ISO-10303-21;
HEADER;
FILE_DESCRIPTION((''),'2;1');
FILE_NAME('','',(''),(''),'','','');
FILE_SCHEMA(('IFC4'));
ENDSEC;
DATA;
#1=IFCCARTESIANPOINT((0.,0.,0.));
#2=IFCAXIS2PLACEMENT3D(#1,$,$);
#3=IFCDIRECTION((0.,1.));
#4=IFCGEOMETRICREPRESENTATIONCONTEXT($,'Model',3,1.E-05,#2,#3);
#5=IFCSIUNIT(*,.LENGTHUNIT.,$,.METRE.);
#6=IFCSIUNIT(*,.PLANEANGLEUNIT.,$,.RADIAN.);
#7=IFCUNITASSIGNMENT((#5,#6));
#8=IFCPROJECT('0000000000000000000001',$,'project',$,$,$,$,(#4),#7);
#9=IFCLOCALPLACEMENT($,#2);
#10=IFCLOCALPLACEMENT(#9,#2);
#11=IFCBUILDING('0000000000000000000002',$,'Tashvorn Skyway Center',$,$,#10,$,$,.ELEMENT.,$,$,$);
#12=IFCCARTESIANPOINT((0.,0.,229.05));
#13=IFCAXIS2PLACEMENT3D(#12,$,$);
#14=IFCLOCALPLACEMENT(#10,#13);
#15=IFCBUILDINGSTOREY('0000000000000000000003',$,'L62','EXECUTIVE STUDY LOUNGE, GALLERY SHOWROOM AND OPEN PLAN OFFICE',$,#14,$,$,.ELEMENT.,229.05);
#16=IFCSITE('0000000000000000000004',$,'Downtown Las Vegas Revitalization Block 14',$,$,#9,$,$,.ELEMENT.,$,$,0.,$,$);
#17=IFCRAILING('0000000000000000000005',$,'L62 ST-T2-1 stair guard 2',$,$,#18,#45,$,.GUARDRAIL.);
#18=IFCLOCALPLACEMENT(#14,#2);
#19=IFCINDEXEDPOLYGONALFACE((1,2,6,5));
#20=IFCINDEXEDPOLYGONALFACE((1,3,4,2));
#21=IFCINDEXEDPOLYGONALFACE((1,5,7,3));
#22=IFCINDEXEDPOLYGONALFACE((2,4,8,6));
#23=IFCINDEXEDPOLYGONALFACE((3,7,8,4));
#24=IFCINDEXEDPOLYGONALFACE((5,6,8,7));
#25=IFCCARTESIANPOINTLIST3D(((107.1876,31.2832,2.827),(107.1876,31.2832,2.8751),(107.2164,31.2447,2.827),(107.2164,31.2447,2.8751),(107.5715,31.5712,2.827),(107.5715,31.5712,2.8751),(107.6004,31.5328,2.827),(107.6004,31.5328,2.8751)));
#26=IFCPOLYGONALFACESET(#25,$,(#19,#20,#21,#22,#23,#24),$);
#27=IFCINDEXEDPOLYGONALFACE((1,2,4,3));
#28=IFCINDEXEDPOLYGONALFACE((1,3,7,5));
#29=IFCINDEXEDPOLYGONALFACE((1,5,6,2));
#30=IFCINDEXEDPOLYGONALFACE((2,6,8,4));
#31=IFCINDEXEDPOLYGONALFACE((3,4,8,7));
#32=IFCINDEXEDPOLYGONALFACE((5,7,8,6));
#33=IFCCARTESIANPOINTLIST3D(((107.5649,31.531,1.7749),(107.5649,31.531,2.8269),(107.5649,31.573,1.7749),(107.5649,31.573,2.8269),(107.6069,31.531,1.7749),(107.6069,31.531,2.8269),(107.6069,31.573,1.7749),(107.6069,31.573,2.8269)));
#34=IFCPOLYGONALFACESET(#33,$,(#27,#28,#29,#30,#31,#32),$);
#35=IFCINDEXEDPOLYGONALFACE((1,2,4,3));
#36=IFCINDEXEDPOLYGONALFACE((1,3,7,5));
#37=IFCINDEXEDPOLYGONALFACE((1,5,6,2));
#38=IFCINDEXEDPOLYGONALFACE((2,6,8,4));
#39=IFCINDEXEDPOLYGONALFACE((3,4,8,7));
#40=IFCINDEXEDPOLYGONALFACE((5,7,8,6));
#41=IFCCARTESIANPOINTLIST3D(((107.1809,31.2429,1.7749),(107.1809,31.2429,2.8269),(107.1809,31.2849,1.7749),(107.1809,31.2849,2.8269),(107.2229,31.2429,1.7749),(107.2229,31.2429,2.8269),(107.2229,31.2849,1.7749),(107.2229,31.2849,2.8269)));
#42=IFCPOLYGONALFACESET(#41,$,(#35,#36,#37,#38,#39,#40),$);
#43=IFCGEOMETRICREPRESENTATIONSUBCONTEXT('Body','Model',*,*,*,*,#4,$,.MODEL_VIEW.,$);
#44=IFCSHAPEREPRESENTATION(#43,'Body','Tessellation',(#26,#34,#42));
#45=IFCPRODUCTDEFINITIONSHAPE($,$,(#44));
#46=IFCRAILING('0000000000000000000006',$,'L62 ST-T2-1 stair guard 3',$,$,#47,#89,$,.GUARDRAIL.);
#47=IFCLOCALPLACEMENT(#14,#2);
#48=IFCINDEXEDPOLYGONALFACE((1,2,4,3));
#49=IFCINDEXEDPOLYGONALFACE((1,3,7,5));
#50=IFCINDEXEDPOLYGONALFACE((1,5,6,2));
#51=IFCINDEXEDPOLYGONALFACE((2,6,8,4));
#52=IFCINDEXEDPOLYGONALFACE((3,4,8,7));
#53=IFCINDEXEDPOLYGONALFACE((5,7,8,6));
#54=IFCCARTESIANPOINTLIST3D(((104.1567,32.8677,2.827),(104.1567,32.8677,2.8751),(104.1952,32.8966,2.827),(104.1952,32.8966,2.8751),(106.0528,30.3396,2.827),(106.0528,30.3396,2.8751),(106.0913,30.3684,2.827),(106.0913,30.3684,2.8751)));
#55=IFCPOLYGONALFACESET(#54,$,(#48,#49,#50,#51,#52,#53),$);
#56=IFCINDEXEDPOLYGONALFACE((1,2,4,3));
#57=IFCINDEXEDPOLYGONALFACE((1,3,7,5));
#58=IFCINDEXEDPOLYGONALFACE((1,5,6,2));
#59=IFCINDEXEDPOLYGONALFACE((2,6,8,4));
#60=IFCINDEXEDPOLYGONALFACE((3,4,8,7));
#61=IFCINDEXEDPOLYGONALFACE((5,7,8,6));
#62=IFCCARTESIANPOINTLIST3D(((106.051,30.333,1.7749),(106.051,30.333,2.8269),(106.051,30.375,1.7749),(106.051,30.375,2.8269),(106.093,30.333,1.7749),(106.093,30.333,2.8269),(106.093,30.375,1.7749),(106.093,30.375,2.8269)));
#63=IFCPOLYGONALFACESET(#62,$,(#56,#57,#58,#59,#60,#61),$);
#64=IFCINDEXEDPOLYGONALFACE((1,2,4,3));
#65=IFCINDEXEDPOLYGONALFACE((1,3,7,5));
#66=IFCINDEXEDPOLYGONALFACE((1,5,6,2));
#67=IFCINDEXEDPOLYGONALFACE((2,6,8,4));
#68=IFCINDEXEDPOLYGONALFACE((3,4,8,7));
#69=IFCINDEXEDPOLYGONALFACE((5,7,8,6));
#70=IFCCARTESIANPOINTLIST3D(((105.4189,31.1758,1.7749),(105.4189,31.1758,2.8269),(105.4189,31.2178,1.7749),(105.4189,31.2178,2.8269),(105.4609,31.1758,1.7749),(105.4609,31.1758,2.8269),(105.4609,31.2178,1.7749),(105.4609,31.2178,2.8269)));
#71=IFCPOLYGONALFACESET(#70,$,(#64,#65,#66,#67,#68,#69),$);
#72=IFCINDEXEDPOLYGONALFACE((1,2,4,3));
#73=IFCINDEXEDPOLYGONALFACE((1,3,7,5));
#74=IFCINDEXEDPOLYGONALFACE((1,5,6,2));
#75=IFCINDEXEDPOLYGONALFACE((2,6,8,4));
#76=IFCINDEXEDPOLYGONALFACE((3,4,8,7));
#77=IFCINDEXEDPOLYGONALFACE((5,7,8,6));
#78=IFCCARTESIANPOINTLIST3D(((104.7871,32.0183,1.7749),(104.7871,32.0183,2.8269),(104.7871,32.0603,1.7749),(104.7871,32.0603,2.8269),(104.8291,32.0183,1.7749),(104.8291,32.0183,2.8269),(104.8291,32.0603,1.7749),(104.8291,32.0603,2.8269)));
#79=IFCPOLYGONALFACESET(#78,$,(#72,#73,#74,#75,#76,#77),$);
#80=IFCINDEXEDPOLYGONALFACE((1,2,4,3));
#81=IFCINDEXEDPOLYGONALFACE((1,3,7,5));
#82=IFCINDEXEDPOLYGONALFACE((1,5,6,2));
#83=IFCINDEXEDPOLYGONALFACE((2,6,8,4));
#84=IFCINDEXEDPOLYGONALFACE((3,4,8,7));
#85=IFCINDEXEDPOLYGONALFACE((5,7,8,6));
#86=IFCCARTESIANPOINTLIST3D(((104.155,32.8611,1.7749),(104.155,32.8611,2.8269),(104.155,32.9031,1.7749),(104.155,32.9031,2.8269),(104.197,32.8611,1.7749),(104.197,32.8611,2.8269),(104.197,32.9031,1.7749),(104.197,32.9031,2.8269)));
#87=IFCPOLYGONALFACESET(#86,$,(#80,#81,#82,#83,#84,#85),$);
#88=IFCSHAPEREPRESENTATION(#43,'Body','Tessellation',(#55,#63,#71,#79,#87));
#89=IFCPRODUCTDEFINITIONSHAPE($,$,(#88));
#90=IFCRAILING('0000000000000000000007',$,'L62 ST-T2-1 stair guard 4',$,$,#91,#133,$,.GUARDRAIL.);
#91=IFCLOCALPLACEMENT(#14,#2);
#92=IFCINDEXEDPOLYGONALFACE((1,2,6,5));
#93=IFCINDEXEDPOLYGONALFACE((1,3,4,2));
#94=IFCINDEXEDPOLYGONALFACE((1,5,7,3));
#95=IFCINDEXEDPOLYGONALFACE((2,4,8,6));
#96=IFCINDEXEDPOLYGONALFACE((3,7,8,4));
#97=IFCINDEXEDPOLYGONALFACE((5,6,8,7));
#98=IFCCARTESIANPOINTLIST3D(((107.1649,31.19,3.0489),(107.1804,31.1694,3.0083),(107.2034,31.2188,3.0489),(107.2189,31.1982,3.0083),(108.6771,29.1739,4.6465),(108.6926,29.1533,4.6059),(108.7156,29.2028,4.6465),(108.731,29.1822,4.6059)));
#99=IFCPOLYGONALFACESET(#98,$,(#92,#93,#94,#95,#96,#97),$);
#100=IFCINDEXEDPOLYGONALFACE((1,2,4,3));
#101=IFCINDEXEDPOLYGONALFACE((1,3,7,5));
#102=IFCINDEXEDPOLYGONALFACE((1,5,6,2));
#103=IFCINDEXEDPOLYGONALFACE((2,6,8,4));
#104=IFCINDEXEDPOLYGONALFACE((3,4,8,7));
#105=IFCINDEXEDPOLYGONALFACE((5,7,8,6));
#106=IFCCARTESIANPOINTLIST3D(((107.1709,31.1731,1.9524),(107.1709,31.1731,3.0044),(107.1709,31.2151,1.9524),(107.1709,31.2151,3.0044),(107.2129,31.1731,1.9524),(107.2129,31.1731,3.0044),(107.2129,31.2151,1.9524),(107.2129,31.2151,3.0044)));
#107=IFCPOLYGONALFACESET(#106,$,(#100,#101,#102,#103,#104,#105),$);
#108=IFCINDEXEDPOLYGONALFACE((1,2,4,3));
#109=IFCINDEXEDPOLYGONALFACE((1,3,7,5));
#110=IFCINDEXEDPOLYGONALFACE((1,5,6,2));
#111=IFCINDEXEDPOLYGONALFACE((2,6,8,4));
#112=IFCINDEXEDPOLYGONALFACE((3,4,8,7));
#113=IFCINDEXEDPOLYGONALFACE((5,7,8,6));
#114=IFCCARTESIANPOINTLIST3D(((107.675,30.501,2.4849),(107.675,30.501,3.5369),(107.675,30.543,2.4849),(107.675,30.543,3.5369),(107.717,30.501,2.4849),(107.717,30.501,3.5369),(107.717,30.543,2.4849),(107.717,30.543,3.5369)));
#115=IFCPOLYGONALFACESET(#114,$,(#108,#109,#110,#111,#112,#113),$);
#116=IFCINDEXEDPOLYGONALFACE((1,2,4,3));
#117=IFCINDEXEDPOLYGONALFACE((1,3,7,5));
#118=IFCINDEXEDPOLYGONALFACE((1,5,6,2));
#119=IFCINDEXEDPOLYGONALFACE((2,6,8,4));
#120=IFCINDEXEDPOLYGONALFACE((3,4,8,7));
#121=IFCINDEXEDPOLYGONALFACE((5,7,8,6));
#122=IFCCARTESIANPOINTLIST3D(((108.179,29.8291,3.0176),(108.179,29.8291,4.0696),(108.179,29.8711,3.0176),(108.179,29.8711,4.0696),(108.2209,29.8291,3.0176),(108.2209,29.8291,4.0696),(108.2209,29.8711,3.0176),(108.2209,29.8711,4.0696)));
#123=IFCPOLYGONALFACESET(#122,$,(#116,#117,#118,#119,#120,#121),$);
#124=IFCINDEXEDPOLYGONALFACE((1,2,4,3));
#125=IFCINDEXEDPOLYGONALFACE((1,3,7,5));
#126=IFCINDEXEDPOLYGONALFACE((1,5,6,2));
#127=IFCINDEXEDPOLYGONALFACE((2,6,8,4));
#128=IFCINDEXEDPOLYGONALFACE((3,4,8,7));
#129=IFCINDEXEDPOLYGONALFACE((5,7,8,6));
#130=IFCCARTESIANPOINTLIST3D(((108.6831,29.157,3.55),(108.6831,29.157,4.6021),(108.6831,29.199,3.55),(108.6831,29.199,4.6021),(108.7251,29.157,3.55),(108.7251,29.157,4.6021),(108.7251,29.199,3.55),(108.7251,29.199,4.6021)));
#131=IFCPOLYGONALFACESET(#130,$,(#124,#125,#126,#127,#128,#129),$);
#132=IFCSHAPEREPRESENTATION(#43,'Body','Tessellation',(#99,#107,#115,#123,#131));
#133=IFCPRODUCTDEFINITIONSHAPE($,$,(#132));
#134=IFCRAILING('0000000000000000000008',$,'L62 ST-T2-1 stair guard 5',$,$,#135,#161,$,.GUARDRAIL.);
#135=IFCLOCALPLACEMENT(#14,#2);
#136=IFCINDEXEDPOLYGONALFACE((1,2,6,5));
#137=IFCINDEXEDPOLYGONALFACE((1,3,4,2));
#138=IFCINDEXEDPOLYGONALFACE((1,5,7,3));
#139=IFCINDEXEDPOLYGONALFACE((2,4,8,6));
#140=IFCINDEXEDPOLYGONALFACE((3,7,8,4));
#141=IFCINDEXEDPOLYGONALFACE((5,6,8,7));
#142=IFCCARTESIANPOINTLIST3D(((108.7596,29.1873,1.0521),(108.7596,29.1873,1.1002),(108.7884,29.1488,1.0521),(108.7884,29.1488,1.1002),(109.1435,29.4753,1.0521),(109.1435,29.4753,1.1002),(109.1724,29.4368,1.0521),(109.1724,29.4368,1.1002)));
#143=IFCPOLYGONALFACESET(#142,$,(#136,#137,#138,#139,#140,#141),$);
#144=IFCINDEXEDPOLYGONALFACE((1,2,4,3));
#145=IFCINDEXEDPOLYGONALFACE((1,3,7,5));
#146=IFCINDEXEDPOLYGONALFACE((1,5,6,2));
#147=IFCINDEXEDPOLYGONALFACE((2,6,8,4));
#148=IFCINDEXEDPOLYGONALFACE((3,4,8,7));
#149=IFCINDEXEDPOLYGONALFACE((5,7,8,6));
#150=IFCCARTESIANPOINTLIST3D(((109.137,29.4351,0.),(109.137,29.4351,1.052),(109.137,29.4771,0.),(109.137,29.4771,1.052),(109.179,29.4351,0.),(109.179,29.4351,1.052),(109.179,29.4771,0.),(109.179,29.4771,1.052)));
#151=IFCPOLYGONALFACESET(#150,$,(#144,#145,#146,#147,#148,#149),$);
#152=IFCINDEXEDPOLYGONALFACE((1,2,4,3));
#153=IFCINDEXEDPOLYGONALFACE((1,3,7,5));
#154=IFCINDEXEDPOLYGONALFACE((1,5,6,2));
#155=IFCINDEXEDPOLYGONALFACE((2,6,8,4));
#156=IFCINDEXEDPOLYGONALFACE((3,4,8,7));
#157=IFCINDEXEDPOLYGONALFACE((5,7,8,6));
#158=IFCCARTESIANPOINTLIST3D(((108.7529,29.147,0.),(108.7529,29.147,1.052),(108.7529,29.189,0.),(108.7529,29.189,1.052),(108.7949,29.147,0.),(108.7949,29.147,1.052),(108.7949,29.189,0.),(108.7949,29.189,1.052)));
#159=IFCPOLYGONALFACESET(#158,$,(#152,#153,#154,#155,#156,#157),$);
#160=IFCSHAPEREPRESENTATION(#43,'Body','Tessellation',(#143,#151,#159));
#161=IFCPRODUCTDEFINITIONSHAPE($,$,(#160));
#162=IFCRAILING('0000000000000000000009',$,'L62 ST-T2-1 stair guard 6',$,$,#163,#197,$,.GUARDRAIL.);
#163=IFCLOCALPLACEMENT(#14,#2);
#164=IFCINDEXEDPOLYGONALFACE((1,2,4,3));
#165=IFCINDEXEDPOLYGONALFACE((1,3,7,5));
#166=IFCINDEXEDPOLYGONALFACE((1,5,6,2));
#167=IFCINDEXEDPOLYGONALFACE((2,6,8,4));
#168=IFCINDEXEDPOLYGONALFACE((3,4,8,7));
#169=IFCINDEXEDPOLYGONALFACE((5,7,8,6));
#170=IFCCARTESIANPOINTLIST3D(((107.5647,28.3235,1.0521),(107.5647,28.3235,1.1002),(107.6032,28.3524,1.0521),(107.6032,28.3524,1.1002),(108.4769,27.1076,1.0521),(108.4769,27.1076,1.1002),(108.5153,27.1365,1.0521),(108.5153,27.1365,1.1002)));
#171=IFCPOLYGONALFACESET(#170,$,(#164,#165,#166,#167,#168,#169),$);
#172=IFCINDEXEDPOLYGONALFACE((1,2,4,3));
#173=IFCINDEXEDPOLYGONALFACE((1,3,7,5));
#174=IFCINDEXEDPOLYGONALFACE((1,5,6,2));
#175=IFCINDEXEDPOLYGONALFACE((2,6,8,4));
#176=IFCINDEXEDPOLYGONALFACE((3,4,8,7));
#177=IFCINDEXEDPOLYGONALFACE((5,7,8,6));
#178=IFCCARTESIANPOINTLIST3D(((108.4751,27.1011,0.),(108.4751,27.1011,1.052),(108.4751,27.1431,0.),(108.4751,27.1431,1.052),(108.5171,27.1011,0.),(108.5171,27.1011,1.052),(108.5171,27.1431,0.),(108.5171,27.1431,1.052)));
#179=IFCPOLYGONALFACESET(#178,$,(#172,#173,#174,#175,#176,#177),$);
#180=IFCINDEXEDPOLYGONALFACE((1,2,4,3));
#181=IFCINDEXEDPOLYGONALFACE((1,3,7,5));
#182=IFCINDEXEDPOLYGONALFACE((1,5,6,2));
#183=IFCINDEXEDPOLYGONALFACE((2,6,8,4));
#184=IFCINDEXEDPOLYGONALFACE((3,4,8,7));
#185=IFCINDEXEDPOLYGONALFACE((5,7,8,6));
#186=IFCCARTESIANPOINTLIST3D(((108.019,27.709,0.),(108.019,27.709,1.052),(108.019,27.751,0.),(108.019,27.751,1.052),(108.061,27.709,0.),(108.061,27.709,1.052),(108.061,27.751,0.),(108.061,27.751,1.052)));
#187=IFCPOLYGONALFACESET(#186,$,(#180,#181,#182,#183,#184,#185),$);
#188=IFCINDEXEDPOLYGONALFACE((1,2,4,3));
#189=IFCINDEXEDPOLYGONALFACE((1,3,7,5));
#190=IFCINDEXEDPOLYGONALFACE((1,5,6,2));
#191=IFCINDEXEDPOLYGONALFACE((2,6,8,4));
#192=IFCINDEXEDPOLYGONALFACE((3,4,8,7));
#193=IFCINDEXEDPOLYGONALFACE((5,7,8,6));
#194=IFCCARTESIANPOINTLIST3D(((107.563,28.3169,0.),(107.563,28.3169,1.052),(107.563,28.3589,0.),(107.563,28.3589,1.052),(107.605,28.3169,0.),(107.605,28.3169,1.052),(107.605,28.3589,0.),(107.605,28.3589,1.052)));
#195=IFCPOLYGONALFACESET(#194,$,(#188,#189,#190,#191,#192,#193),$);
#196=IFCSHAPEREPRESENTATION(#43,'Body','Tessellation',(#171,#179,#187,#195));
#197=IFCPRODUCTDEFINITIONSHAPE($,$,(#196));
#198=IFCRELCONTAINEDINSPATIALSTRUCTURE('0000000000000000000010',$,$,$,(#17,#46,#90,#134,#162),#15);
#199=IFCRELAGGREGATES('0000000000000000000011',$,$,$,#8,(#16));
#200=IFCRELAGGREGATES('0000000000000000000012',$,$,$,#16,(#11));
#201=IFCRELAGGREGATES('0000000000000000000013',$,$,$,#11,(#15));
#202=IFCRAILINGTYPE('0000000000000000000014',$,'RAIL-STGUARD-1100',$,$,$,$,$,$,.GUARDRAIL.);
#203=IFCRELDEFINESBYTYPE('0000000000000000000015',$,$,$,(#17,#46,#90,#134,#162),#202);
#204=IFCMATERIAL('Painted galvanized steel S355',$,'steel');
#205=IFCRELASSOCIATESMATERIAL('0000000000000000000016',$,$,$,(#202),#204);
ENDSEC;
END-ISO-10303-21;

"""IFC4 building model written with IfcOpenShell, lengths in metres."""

from ifc_helpers import new_model, si_unit, direction, frame, origin, origin_2d, place, context, subcontext, project, spatial, rectangle, extrude, material, type_object, element, save


model = new_model("IFC4")

# Units and contexts
model_context = context("Model", 3, precision=1e-05, world=origin(), true_north=direction((0.0, 1.0)))
body_context = subcontext(model_context, "Body", "Model", "MODEL_VIEW")
ifc_project = project(units=[si_unit("LENGTHUNIT", "METRE"), si_unit("PLANEANGLEUNIT", "RADIAN")], contexts=[model_context])

# Site, building, storey
site_placement = place(None, origin())
site = spatial("IfcSite", under=ifc_project, at=site_placement, Name="Downtown Las Vegas Revitalization Block 14", CompositionType="ELEMENT", RefElevation=0.0)
building_placement = place(site_placement, origin())
building = spatial("IfcBuilding", under=site, at=building_placement, Name="Tashvorn Skyway Center", CompositionType="ELEMENT")
storey_placement = place(building_placement, frame((0.0, 0.0, 229.05)))
storey = spatial("IfcBuildingStorey", under=building, at=storey_placement, Name="L62", Description="EXECUTIVE STUDY LOUNGE, GALLERY SHOWROOM AND OPEN PLAN OFFICE", CompositionType="ELEMENT", Elevation=229.05)

# Railings
ifc_material_1 = material(Name="Painted galvanized steel S355", Category="steel")
railing_type_1 = type_object("IfcRailingType", Name="RAIL-STGUARD-1100", PredefinedType="GUARDRAIL", material=ifc_material_1)
railing_1_placement = place(storey_placement, frame((107.5859, 31.552, 1.7749)))
element("IfcRailing", 1, at=railing_1_placement, inside=storey, type_object=railing_type_1, Name="L62 ST-T2-1 stair guard 2", PredefinedType="GUARDRAIL", context=body_context, shape_type="SweptSolid", body=[
    extrude(rectangle(XDim=0.0481, YDim=0.0481, at=origin_2d()), frame((0.0, 0.0, 1.0762), z_axis=(-0.799939, -0.600081, 0.0), x_axis=(0.600081, -0.799939, 0.0)), (0.0, 0.0, 1.0), 0.48),
    extrude(rectangle(XDim=0.042, YDim=0.042, at=origin_2d()), origin(), (0.0, 0.0, 1.0), 1.052),
    extrude(rectangle(XDim=0.042, YDim=0.042, at=origin_2d()), frame((-0.384, -0.2881, 0.0)), (0.0, 0.0, 1.0), 1.052),
])
railing_2_placement = place(storey_placement, frame((106.072, 30.354, 1.7749)))
element("IfcRailing", 2, at=railing_2_placement, inside=storey, type_object=railing_type_1, Name="L62 ST-T2-1 stair guard 3", PredefinedType="GUARDRAIL", context=body_context, shape_type="SweptSolid", body=[
    extrude(rectangle(XDim=0.0481, YDim=0.0481, at=origin_2d()), frame((0.0, 0.0, 1.0762), z_axis=(-0.599988, 0.800009, 0.0), x_axis=(-0.800009, -0.599988, 0.0)), (0.0, 0.0, 1.0), 3.1602),
    extrude(rectangle(XDim=0.042, YDim=0.042, at=origin_2d()), origin(), (0.0, 0.0, 1.0), 1.052),
    extrude(rectangle(XDim=0.042, YDim=0.042, at=origin_2d()), frame((-0.6321, 0.8428, 0.0)), (0.0, 0.0, 1.0), 1.052),
    extrude(rectangle(XDim=0.042, YDim=0.042, at=origin_2d()), frame((-1.2639, 1.6853, 0.0)), (0.0, 0.0, 1.0), 1.052),
    extrude(rectangle(XDim=0.042, YDim=0.042, at=origin_2d()), frame((-1.896, 2.5281, 0.0)), (0.0, 0.0, 1.0), 1.052),
])
railing_3_placement = place(storey_placement, frame((107.1919, 31.1941, 1.9524)))
element("IfcRailing", 3, at=railing_3_placement, inside=storey, type_object=railing_type_1, Name="L62 ST-T2-1 stair guard 4", PredefinedType="GUARDRAIL", context=body_context, shape_type="SweptSolid", body=[
    extrude(rectangle(XDim=0.0481, YDim=0.0481, at=origin_2d()), frame((0.0, 0.0, 1.0762), z_axis=(0.506779, -0.675651, 0.535416), x_axis=(0.799977, 0.600031, 0.0)), (0.0, 0.0, 1.0), 2.9839),
    extrude(rectangle(XDim=0.042, YDim=0.042, at=origin_2d()), origin(), (0.0, 0.0, 1.0), 1.052),
    extrude(rectangle(XDim=0.042, YDim=0.042, at=origin_2d()), frame((0.5042, -0.6721, 0.5325)), (0.0, 0.0, 1.0), 1.052),
    extrude(rectangle(XDim=0.042, YDim=0.042, at=origin_2d()), frame((1.0081, -1.344, 1.0652)), (0.0, 0.0, 1.0), 1.052),
    extrude(rectangle(XDim=0.042, YDim=0.042, at=origin_2d()), frame((1.5122, -2.0161, 1.5977)), (0.0, 0.0, 1.0), 1.052),
])
railing_4_placement = place(storey_placement, frame((109.158, 29.4561, 0.0)))
element("IfcRailing", 4, at=railing_4_placement, inside=storey, type_object=railing_type_1, Name="L62 ST-T2-1 stair guard 5", PredefinedType="GUARDRAIL", context=body_context, shape_type="SweptSolid", body=[
    extrude(rectangle(XDim=0.0481, YDim=0.0481, at=origin_2d()), frame((0.0, 0.0, 1.0762), z_axis=(-0.799939, -0.600081, 0.0), x_axis=(0.600081, -0.799939, 0.0)), (0.0, 0.0, 1.0), 0.48),
    extrude(rectangle(XDim=0.042, YDim=0.042, at=origin_2d()), origin(), (0.0, 0.0, 1.0), 1.052),
    extrude(rectangle(XDim=0.042, YDim=0.042, at=origin_2d()), frame((-0.384, -0.2881, 0.0)), (0.0, 0.0, 1.0), 1.052),
])
railing_5_placement = place(storey_placement, frame((108.4961, 27.1221, 0.0)))
element("IfcRailing", 5, at=railing_5_placement, inside=storey, type_object=railing_type_1, Name="L62 ST-T2-1 stair guard 6", PredefinedType="GUARDRAIL", context=body_context, shape_type="SweptSolid", body=[
    extrude(rectangle(XDim=0.0481, YDim=0.0481, at=origin_2d()), frame((0.0, 0.0, 1.0762), z_axis=(-0.600103, 0.799923, 0.0), x_axis=(-0.799923, -0.600103, 0.0)), (0.0, 0.0, 1.0), 1.52),
    extrude(rectangle(XDim=0.042, YDim=0.042, at=origin_2d()), origin(), (0.0, 0.0, 1.0), 1.052),
    extrude(rectangle(XDim=0.042, YDim=0.042, at=origin_2d()), frame((-0.4561, 0.6079, 0.0)), (0.0, 0.0, 1.0), 1.052),
    extrude(rectangle(XDim=0.042, YDim=0.042, at=origin_2d()), frame((-0.9121, 1.2158, 0.0)), (0.0, 0.0, 1.0), 1.052),
])

save(model, "model.ifc")
